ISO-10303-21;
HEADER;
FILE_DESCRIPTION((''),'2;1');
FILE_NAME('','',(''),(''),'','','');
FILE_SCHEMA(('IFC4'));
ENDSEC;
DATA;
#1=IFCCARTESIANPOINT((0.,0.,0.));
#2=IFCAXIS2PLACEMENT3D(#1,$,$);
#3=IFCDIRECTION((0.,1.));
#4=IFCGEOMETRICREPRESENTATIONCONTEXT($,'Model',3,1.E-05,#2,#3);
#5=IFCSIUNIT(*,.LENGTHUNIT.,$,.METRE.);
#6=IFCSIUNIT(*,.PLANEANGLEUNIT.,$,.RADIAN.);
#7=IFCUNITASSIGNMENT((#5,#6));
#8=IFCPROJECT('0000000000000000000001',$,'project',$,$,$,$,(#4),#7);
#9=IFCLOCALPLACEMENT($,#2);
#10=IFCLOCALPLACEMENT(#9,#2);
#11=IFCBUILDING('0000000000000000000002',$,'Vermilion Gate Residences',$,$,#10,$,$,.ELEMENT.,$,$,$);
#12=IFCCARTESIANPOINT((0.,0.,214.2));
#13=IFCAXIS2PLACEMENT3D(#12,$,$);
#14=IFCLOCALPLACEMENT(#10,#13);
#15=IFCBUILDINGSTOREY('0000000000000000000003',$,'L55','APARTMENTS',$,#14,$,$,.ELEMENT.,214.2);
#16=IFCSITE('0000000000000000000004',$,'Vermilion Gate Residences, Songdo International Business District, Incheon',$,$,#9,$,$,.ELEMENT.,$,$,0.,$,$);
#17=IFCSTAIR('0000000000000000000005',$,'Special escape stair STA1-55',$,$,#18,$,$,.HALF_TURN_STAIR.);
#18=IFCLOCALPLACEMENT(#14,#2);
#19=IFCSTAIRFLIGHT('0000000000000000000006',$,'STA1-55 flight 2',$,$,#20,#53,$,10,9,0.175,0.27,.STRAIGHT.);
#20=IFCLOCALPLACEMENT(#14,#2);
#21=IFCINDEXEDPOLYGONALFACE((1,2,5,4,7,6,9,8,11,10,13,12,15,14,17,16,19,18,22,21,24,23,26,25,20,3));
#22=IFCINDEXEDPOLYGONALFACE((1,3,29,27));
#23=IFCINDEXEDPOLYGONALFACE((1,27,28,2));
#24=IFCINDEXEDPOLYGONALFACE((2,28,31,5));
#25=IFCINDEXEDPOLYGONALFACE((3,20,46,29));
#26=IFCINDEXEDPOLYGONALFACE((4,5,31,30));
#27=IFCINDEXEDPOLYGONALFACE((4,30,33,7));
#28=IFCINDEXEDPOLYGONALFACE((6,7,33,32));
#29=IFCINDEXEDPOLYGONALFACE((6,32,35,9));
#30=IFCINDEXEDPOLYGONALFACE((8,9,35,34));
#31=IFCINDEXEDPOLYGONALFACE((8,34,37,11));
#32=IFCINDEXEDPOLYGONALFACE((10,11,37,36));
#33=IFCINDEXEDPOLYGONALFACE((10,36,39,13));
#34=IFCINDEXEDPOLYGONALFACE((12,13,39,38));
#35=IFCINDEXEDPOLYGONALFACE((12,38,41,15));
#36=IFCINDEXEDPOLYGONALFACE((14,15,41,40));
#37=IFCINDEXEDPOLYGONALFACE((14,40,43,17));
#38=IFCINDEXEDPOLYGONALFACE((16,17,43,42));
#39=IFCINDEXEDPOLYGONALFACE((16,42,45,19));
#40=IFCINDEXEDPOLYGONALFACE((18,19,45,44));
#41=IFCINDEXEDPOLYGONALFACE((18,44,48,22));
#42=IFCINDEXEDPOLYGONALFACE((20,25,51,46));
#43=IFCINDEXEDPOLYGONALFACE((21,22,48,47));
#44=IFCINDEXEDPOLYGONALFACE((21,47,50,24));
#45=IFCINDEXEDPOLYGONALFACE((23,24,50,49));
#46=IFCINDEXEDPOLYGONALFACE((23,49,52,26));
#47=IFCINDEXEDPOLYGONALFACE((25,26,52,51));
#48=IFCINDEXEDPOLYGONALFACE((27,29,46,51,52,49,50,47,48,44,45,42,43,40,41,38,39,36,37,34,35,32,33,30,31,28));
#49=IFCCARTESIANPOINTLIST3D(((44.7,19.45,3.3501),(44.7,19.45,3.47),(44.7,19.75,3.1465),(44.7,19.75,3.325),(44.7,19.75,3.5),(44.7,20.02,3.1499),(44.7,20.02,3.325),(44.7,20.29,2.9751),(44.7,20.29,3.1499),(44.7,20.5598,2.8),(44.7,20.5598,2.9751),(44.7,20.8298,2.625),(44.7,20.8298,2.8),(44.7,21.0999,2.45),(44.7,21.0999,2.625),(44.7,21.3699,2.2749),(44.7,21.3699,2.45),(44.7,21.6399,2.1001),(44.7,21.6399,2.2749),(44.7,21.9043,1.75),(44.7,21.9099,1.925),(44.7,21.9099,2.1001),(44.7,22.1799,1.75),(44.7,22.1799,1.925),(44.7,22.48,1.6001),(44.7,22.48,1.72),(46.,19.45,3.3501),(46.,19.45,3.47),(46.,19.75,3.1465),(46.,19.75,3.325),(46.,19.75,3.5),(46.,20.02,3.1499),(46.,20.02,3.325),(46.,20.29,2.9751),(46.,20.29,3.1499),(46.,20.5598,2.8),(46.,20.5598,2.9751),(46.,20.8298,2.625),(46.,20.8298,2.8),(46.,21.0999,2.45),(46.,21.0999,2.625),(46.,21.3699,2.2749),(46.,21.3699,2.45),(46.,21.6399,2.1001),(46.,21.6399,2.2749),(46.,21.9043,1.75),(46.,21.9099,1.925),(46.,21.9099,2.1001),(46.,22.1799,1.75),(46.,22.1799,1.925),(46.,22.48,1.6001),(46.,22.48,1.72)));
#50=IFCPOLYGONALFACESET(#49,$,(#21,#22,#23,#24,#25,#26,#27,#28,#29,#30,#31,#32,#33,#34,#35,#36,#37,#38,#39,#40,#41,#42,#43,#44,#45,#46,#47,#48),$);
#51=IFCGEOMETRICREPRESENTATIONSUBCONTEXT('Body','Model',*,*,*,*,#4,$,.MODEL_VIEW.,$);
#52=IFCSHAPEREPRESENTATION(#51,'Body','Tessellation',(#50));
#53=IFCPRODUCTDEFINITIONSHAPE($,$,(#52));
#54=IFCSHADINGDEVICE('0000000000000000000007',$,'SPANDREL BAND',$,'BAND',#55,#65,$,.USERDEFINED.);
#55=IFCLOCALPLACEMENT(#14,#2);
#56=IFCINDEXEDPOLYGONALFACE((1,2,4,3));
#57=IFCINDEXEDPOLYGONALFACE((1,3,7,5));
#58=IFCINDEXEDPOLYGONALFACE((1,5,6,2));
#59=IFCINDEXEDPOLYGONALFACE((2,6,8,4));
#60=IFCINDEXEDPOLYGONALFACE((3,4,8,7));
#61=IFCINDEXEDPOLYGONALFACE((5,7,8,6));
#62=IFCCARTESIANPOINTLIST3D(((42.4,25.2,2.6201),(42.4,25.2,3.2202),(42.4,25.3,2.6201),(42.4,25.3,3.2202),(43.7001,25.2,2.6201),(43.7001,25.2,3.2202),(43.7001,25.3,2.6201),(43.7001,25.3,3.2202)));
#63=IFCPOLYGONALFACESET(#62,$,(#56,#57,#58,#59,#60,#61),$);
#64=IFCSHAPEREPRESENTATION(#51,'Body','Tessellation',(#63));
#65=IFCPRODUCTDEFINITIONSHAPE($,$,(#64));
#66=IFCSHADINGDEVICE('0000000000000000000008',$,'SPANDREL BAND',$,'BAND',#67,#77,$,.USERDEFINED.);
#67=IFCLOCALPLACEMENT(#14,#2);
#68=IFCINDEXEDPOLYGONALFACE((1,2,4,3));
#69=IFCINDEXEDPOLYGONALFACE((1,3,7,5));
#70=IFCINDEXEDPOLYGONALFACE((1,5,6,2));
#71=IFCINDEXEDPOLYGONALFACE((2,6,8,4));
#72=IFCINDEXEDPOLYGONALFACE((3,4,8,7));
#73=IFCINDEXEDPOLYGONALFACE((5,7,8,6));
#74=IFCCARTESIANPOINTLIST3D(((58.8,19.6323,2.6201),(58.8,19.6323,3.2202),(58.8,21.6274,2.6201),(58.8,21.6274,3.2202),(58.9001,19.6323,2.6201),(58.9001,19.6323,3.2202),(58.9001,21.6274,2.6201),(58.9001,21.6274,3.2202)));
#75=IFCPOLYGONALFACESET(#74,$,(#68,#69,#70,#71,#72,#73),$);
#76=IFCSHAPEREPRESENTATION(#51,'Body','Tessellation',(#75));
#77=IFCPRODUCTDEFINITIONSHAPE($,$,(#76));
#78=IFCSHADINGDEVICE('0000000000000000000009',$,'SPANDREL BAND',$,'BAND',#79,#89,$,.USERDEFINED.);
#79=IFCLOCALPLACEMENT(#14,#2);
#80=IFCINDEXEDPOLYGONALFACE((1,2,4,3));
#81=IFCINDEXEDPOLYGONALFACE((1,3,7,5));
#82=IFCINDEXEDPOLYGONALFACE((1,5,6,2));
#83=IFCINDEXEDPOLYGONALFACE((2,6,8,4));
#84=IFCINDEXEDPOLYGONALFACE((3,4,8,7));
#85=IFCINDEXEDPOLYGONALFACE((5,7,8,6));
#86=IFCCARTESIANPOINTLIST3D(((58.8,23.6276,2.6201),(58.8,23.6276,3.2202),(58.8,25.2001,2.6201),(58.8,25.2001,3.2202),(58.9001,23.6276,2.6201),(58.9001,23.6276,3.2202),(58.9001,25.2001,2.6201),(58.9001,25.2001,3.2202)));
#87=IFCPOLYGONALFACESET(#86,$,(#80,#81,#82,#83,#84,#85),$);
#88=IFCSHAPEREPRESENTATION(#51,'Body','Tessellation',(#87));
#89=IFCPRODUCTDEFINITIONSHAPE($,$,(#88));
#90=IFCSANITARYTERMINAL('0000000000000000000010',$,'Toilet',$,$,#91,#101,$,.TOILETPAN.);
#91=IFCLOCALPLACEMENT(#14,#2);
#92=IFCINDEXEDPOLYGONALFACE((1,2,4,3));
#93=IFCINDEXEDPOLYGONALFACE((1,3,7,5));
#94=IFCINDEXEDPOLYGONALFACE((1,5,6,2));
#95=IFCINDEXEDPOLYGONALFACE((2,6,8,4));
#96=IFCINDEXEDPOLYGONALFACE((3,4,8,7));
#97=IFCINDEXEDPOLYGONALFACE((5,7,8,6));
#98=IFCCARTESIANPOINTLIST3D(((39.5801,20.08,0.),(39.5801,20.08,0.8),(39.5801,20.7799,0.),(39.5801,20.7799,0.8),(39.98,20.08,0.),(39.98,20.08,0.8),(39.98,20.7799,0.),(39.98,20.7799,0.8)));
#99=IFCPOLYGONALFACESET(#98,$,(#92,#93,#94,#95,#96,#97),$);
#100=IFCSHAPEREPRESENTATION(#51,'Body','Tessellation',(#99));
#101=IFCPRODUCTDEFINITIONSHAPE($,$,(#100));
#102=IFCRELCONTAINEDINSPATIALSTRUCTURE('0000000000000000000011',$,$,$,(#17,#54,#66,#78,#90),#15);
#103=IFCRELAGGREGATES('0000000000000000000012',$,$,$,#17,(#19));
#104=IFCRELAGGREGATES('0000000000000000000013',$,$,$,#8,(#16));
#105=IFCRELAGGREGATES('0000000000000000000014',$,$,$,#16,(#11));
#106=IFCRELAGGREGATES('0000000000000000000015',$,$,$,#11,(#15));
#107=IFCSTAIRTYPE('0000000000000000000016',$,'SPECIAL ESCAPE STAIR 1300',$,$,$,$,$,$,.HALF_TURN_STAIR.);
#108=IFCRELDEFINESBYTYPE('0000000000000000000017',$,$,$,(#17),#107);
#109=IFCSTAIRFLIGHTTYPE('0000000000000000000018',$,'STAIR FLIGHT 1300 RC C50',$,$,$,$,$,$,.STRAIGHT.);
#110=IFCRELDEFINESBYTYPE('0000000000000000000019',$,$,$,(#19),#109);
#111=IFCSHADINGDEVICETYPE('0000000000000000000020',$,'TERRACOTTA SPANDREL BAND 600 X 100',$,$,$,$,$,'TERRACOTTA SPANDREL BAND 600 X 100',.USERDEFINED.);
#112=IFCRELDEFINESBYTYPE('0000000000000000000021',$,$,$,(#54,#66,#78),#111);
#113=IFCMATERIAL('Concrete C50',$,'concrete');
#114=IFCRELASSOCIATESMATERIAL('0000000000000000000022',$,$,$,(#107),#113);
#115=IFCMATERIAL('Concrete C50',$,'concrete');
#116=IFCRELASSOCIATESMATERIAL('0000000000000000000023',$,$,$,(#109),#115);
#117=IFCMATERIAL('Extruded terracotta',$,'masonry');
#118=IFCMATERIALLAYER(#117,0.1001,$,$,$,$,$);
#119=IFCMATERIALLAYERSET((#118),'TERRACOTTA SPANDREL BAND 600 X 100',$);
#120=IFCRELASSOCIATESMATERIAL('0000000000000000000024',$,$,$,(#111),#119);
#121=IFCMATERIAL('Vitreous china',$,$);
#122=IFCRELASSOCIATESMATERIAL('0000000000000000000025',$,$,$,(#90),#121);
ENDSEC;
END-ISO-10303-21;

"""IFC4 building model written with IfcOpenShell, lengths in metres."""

from ifc_helpers import new_model, si_unit, direction, frame, origin, origin_2d, place, context, subcontext, project, spatial, polyline, rectangle, outline, extrude, material, layer, layer_set, type_object, element, aggregate, save


model = new_model("IFC4")

# Units and contexts
model_context = context("Model", 3, precision=1e-05, world=origin(), true_north=direction((0.0, 1.0)))
body_context = subcontext(model_context, "Body", "Model", "MODEL_VIEW")
ifc_project = project(units=[si_unit("LENGTHUNIT", "METRE"), si_unit("PLANEANGLEUNIT", "RADIAN")], contexts=[model_context])

# Site, building, storey
site_placement = place(None, origin())
site = spatial("IfcSite", under=ifc_project, at=site_placement, Name="Vermilion Gate Residences, Songdo International Business District, Incheon", CompositionType="ELEMENT", RefElevation=0.0)
building_placement = place(site_placement, origin())
building = spatial("IfcBuilding", under=site, at=building_placement, Name="Vermilion Gate Residences", CompositionType="ELEMENT")
storey_placement = place(building_placement, frame((0.0, 0.0, 214.2)))
storey = spatial("IfcBuildingStorey", under=building, at=storey_placement, Name="L55", Description="APARTMENTS", CompositionType="ELEMENT", Elevation=214.2)

# Stair, stair flight
ifc_material_1 = material(Name="Concrete C50", Category="concrete")
stair_type = type_object("IfcStairType", Name="SPECIAL ESCAPE STAIR 1300", PredefinedType="HALF_TURN_STAIR", material=ifc_material_1)
stair_placement = place(storey_placement, origin())
stair = element("IfcStair", 1, at=stair_placement, inside=storey, type_object=stair_type, Name="Special escape stair STA1-55", PredefinedType="HALF_TURN_STAIR")
ifc_material_2 = material(Name="Concrete C50", Category="concrete")
stair_flight_type = type_object("IfcStairFlightType", Name="STAIR FLIGHT 1300 RC C50", PredefinedType="STRAIGHT", material=ifc_material_2)
stair_flight_placement = place(storey_placement, frame((45.3501, 22.1799, 1.75), z_axis=(0.0, 0.0, 1.0), x_axis=(0.0, -1.0, 0.0)))
stair_flight = element("IfcStairFlight", 2, at=stair_flight_placement, type_object=stair_flight_type, Name="STA1-55 flight 2", NumberOfRisers=10, NumberOfTreads=9, PredefinedType="STRAIGHT", RiserHeight=0.175, TreadLength=0.27, context=body_context, shape_type="SweptSolid", body=[
    extrude(outline(polyline([(-0.3, -0.1499), (-0.3, -0.03), (0.0, 0.0), (0.0, 0.175), (0.27, 0.175), (0.27, 0.3501), (0.54, 0.3501), (0.54, 0.5249), (0.8101, 0.5249), (0.8101, 0.7), (1.0801, 0.7), (1.0801, 0.875), (1.3501, 0.875), (1.3501, 1.05), (1.6201, 1.05), (1.6201, 1.2251), (1.8899, 1.2251), (1.8899, 1.3999), (2.1599, 1.3999), (2.1599, 1.575), (2.4299, 1.575), (2.4299, 1.75), (2.73, 1.72), (2.73, 1.6001), (2.4299, 1.3965), (0.2756, 0.0), (-0.3, -0.1499)])), frame((0.0, 0.6499, 0.0), z_axis=(0.0, -1.0, 0.0), x_axis=(1.0, 0.0, 0.0)), (0.0, 0.0, 1.0), 1.3),
])
aggregate(stair, [stair_flight])

# Shading devices
ifc_material_3 = material(Name="Extruded terracotta", Category="masonry")
ifc_layer_1 = layer(ifc_material_3, 0.1001)
ifc_layer_set_1 = layer_set([ifc_layer_1], Name="TERRACOTTA SPANDREL BAND 600 X 100")
shading_device_type = type_object("IfcShadingDeviceType", Name="TERRACOTTA SPANDREL BAND 600 X 100", ElementType="TERRACOTTA SPANDREL BAND 600 X 100", PredefinedType="USERDEFINED", material=ifc_layer_set_1)
shading_device_1_placement = place(storey_placement, frame((43.05, 25.25, 2.6201), z_axis=(0.0, 0.0, 1.0), x_axis=(1.0, 0.0, 0.0)))
element("IfcShadingDevice", 3, at=shading_device_1_placement, inside=storey, type_object=shading_device_type, Name="SPANDREL BAND", ObjectType="BAND", PredefinedType="USERDEFINED", context=body_context, shape_type="SweptSolid", body=[
    extrude(rectangle(XDim=1.3, YDim=0.1001, at=origin_2d()), origin(), (0.0, 0.0, 1.0), 0.6001),
])
shading_device_2_placement = place(storey_placement, frame((58.8501, 20.6299, 2.6201), z_axis=(0.0, 0.0, 1.0), x_axis=(0.0, 1.0, 0.0)))
element("IfcShadingDevice", 4, at=shading_device_2_placement, inside=storey, type_object=shading_device_type, Name="SPANDREL BAND", ObjectType="BAND", PredefinedType="USERDEFINED", context=body_context, shape_type="SweptSolid", body=[
    extrude(rectangle(XDim=1.9951, YDim=0.1001, at=origin_2d()), origin(), (0.0, 0.0, 1.0), 0.6001),
])
shading_device_3_placement = place(storey_placement, frame((58.8501, 24.4138, 2.6201), z_axis=(0.0, 0.0, 1.0), x_axis=(0.0, 1.0, 0.0)))
element("IfcShadingDevice", 5, at=shading_device_3_placement, inside=storey, type_object=shading_device_type, Name="SPANDREL BAND", ObjectType="BAND", PredefinedType="USERDEFINED", context=body_context, shape_type="SweptSolid", body=[
    extrude(rectangle(XDim=1.5725, YDim=0.1001, at=origin_2d()), origin(), (0.0, 0.0, 1.0), 0.6001),
])

# Sanitary terminal
ifc_material_4 = material(Name="Vitreous china")
sanitary_terminal_placement = place(storey_placement, frame((39.78, 20.4299, 0.0), z_axis=(0.0, 0.0, 1.0), x_axis=(1.0, 0.0, 0.0)))
element("IfcSanitaryTerminal", 6, at=sanitary_terminal_placement, inside=storey, material=ifc_material_4, Name="Toilet", PredefinedType="TOILETPAN", context=body_context, shape_type="SweptSolid", body=[
    extrude(rectangle(XDim=0.3999, YDim=0.7, at=origin_2d()), origin(), (0.0, 0.0, 1.0), 0.8),
])

save(model, "model.ifc")
